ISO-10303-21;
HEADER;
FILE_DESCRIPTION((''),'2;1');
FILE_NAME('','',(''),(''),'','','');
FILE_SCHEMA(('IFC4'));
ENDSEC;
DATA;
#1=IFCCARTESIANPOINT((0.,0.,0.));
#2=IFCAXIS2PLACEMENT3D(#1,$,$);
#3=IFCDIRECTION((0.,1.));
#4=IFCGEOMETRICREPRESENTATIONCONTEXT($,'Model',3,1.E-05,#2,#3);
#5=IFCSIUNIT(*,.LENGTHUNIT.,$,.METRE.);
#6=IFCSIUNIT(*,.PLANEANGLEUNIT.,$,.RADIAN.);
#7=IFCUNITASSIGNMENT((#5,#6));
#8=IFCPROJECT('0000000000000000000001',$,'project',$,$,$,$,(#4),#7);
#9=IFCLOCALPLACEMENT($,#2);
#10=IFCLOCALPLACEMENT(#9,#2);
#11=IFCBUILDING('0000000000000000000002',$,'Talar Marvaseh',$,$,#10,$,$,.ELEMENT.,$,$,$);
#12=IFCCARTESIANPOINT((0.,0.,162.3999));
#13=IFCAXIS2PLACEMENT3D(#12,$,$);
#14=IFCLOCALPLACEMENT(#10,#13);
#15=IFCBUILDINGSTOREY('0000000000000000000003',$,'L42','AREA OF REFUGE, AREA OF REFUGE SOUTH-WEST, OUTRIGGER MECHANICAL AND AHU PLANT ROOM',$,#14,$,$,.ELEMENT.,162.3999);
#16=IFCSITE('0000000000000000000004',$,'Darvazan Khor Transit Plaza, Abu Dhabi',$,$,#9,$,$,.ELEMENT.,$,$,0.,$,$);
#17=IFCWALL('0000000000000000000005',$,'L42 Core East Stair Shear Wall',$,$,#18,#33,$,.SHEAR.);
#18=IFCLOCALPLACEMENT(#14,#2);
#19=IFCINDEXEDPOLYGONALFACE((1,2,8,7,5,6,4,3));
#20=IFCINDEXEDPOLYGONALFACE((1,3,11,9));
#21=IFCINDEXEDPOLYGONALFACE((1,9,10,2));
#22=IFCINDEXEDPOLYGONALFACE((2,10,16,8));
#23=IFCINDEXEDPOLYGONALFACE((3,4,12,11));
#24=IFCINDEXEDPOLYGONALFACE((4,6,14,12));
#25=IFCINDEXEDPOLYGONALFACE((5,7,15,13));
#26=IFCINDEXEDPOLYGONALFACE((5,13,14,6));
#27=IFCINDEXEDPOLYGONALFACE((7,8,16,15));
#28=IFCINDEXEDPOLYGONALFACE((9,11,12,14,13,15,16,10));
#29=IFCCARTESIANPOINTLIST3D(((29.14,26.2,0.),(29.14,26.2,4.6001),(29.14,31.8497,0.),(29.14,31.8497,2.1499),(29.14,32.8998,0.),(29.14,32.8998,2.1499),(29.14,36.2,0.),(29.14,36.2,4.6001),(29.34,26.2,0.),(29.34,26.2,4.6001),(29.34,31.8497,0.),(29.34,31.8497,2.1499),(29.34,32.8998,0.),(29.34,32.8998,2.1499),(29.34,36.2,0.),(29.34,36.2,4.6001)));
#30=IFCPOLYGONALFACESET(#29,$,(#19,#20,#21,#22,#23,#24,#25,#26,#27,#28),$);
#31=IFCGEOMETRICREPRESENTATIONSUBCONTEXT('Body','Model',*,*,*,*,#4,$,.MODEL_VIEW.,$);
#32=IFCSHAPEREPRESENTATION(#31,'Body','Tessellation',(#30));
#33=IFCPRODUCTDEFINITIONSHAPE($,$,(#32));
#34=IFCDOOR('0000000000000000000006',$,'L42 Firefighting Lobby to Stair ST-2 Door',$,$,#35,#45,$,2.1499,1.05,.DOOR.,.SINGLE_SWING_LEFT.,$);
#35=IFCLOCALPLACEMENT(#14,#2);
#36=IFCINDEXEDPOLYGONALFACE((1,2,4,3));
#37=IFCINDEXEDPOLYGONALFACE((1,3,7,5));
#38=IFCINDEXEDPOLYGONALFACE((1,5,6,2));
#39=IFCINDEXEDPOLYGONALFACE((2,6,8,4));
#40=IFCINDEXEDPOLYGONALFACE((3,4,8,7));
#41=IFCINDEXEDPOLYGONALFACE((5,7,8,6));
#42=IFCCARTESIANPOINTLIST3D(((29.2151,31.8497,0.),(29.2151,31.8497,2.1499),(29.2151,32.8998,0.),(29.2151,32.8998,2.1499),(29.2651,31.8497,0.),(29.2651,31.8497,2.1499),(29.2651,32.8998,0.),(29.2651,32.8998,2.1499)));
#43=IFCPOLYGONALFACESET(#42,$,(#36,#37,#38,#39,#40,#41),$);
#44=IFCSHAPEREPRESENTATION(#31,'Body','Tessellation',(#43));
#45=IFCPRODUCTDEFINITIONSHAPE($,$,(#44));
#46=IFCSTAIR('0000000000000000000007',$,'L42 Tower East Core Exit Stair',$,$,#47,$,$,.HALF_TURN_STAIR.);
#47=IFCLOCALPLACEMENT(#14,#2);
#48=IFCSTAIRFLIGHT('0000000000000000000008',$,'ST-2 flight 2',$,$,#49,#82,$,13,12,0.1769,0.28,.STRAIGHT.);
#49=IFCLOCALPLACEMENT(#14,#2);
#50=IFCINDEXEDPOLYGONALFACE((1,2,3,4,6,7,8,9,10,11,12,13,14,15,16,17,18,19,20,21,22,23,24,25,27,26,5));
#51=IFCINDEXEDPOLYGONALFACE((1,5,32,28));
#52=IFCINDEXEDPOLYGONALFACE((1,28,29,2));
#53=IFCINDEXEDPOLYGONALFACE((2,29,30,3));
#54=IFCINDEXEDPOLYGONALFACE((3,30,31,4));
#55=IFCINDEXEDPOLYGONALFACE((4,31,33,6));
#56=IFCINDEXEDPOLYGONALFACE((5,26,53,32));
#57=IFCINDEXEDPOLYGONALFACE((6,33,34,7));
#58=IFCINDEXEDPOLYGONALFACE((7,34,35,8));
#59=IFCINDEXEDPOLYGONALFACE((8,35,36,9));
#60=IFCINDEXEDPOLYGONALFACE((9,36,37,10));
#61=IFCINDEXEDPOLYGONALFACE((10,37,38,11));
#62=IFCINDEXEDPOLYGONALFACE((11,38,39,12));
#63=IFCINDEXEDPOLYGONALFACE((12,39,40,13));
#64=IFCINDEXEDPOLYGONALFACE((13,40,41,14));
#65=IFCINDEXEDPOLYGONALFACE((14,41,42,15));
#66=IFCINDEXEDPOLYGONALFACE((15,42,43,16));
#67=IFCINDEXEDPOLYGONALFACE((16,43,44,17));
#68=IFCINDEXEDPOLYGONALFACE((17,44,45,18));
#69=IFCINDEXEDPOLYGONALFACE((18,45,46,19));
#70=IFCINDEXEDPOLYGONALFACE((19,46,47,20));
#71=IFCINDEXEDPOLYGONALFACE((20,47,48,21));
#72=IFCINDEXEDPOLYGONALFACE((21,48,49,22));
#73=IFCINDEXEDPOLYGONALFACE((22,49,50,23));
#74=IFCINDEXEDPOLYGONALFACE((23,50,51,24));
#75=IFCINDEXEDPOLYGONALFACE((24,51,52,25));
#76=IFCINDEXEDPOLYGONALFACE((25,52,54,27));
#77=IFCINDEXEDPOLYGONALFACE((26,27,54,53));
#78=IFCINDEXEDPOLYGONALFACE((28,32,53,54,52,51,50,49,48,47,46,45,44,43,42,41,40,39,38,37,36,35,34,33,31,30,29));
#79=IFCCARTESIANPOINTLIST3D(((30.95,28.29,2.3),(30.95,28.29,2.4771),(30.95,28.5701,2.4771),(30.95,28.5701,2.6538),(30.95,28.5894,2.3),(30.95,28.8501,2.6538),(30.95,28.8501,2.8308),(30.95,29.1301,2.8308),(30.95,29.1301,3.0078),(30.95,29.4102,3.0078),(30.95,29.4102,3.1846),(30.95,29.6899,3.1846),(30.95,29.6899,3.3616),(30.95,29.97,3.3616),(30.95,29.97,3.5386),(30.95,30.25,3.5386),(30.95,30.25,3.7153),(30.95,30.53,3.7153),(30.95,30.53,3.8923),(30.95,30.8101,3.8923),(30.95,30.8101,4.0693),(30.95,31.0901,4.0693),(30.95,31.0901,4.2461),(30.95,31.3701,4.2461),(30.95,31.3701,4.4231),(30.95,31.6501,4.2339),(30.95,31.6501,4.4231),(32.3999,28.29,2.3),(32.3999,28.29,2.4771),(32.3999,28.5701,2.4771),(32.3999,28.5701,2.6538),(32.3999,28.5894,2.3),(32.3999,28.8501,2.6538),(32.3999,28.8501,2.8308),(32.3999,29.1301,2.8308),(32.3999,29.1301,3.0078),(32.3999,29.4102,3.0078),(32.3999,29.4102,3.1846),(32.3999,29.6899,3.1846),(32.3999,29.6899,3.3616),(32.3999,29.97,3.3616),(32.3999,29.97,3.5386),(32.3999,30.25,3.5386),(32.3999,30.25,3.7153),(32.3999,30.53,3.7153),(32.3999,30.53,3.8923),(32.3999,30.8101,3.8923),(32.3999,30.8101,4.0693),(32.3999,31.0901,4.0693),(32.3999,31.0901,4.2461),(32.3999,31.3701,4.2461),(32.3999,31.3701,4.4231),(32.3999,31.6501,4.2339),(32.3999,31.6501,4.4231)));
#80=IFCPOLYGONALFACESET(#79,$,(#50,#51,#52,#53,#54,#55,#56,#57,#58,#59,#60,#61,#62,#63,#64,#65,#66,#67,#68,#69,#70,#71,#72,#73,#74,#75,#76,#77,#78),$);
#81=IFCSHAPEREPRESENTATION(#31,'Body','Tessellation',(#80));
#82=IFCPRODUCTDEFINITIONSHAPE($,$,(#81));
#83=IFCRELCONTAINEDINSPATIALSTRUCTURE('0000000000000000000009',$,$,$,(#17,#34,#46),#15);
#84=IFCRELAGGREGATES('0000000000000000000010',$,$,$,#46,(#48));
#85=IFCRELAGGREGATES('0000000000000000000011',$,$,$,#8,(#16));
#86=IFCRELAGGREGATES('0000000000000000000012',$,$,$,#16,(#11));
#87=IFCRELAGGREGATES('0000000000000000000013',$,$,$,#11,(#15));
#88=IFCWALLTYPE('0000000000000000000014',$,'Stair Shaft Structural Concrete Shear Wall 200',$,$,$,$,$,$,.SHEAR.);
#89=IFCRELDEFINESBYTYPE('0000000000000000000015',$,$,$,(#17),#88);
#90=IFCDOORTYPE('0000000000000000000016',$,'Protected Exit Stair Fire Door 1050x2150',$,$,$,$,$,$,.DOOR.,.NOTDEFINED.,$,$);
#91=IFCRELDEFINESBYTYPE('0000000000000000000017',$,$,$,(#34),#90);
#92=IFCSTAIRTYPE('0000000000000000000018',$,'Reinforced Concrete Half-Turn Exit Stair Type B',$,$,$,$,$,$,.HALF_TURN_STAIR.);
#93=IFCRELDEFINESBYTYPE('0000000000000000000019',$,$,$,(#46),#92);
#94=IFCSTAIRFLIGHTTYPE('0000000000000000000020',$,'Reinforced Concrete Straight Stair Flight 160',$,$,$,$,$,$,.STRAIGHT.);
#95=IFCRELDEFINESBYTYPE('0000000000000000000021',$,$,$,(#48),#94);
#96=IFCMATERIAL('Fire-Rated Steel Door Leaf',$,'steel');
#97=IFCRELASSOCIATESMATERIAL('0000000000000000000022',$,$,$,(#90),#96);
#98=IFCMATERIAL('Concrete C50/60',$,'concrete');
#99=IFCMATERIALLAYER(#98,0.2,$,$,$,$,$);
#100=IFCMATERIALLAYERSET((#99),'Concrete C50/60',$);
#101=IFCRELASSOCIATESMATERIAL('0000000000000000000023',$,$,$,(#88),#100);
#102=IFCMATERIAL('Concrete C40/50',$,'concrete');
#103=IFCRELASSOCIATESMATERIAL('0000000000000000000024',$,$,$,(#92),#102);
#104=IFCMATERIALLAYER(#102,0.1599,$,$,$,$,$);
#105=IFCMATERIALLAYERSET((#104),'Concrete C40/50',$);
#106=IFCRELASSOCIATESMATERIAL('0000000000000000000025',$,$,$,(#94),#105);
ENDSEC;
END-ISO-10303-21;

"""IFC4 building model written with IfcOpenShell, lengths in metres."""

from ifc_helpers import new_model, si_unit, direction, frame, frame_2d, origin, place, context, subcontext, project, spatial, polyline, rectangle, outline, extrude, source, transform, mapped, material, layer, layer_set, type_object, type_shapes, element, fill, aggregate, save


model = new_model("IFC4")

# Units and contexts
model_context = context("Model", 3, precision=1e-05, world=origin(), true_north=direction((0.0, 1.0)))
body_context = subcontext(model_context, "Body", "Model", "MODEL_VIEW")
ifc_project = project(units=[si_unit("LENGTHUNIT", "METRE"), si_unit("PLANEANGLEUNIT", "RADIAN")], contexts=[model_context])

# Site, building, storey
site_placement = place(None, origin())
site = spatial("IfcSite", under=ifc_project, at=site_placement, Name="Darvazan Khor Transit Plaza, Abu Dhabi", CompositionType="ELEMENT", RefElevation=0.0)
building_placement = place(site_placement, origin())
building = spatial("IfcBuilding", under=site, at=building_placement, Name="Talar Marvaseh", CompositionType="ELEMENT")
storey_placement = place(building_placement, frame((0.0, 0.0, 162.3999)))
storey = spatial("IfcBuildingStorey", under=building, at=storey_placement, Name="L42", Description="AREA OF REFUGE, AREA OF REFUGE SOUTH-WEST, OUTRIGGER MECHANICAL AND AHU PLANT ROOM", CompositionType="ELEMENT", Elevation=162.3999)

# Shared definitions
ifc_material_1 = material(Name="Fire-Rated Steel Door Leaf", Category="steel")
door_type_1 = type_object("IfcDoorType", Name="Protected Exit Stair Fire Door 1050x2150", OperationType="NOTDEFINED", PredefinedType="DOOR", material=ifc_material_1)
shared_shape_1 = source(origin(), body_context, "Body", "SweptSolid", [
    extrude(rectangle(XDim=1.05, YDim=2.1499, at=frame_2d((0.5249, 1.075))), frame((0.0, 0.0249, 0.0), z_axis=(0.0, -1.0, 0.0), x_axis=(1.0, 0.0, 0.0)), (0.0, 0.0, 1.0), 0.05),
])
type_shapes(door_type_1, [shared_shape_1])

# Wall, opening, door
ifc_material_2 = material(Name="Concrete C50/60", Category="concrete")
ifc_layer_1 = layer(ifc_material_2, 0.2)
ifc_layer_set_1 = layer_set([ifc_layer_1], Name="Concrete C50/60")
wall_type_1 = type_object("IfcWallType", Name="Stair Shaft Structural Concrete Shear Wall 200", PredefinedType="SHEAR", material=ifc_layer_set_1)
wall_1_placement = place(storey_placement, frame((29.24, 26.2, 0.0), z_axis=(0.0, 0.0, 1.0), x_axis=(0.0, 1.0, 0.0)))
wall_1 = element("IfcWall", 1, at=wall_1_placement, inside=storey, type_object=wall_type_1, Name="L42 Core East Stair Shear Wall", PredefinedType="SHEAR", context=body_context, shape_type="SweptSolid", body=[
    extrude(rectangle(XDim=10.0, YDim=0.2, at=frame_2d((5.0, 0.0))), origin(), (0.0, 0.0, 1.0), 4.6001),
])
opening_1_placement = place(wall_1_placement, frame((5.6499, 0.0, 0.0)))
opening_1 = element("IfcOpeningElement", 2, at=opening_1_placement, cuts=wall_1, PredefinedType="OPENING", context=body_context, shape_type="SweptSolid", body=[
    extrude(rectangle(XDim=1.05, YDim=2.1499, at=frame_2d((0.5249, 1.075))), frame((0.0, 0.1099, 0.0), z_axis=(0.0, -1.0, 0.0), x_axis=(1.0, 0.0, 0.0)), (0.0, 0.0, 1.0), 0.22),
])
door_1_placement = place(opening_1_placement, origin())
door_1 = element("IfcDoor", 3, at=door_1_placement, inside=storey, type_object=door_type_1, Name="L42 Firefighting Lobby to Stair ST-2 Door", OperationType="SINGLE_SWING_LEFT", OverallHeight=2.1499, OverallWidth=1.05, PredefinedType="DOOR", context=body_context, shape_type="MappedRepresentation", body=[
    mapped(shared_shape_1, transform((0.0, 0.0, 0.0), x_axis=(1.0, 0.0, 0.0), y_axis=(0.0, 1.0, 0.0), z_axis=(0.0, 0.0, 1.0), scale=1.0)),
])
fill(opening_1, door_1)

# Stair, stair flight
ifc_material_3 = material(Name="Concrete C40/50", Category="concrete")
stair_type = type_object("IfcStairType", Name="Reinforced Concrete Half-Turn Exit Stair Type B", PredefinedType="HALF_TURN_STAIR", material=ifc_material_3)
stair_placement = place(storey_placement, origin())
stair = element("IfcStair", 4, at=stair_placement, inside=storey, type_object=stair_type, Name="L42 Tower East Core Exit Stair", PredefinedType="HALF_TURN_STAIR")
ifc_layer_2 = layer(ifc_material_3, 0.1599)
ifc_layer_set_2 = layer_set([ifc_layer_2], Name="Concrete C40/50")
stair_flight_type = type_object("IfcStairFlightType", Name="Reinforced Concrete Straight Stair Flight 160", PredefinedType="STRAIGHT", material=ifc_layer_set_2)
stair_flight_placement = place(storey_placement, frame((31.675, 28.29, 2.3), z_axis=(0.0, 0.0, 1.0), x_axis=(0.0, 1.0, 0.0)))
stair_flight = element("IfcStairFlight", 5, at=stair_flight_placement, type_object=stair_flight_type, Name="ST-2 flight 2", NumberOfRisers=13, NumberOfTreads=12, PredefinedType="STRAIGHT", RiserHeight=0.1769, TreadLength=0.28, context=body_context, shape_type="SweptSolid", body=[
    extrude(outline(polyline([(0.0, 0.0), (0.0, 0.177), (0.28, 0.177), (0.28, 0.3538), (0.5601, 0.3538), (0.5601, 0.5308), (0.8401, 0.5308), (0.8401, 0.7078), (1.1201, 0.7078), (1.1201, 0.8845), (1.3999, 0.8845), (1.3999, 1.0615), (1.6799, 1.0615), (1.6799, 1.2385), (1.96, 1.2385), (1.96, 1.4153), (2.24, 1.4153), (2.24, 1.5923), (2.52, 1.5923), (2.52, 1.7693), (2.8, 1.7693), (2.8, 1.946), (3.0801, 1.946), (3.0801, 2.123), (3.3601, 2.123), (3.3601, 2.3), (3.3601, 1.9338), (0.2993, 0.0), (0.0, 0.0)])), frame((0.0, 0.7251, 0.0), z_axis=(0.0, -1.0, 0.0), x_axis=(1.0, 0.0, 0.0)), (0.0, 0.0, 1.0), 1.45),
])
aggregate(stair, [stair_flight])

save(model, "model.ifc")
